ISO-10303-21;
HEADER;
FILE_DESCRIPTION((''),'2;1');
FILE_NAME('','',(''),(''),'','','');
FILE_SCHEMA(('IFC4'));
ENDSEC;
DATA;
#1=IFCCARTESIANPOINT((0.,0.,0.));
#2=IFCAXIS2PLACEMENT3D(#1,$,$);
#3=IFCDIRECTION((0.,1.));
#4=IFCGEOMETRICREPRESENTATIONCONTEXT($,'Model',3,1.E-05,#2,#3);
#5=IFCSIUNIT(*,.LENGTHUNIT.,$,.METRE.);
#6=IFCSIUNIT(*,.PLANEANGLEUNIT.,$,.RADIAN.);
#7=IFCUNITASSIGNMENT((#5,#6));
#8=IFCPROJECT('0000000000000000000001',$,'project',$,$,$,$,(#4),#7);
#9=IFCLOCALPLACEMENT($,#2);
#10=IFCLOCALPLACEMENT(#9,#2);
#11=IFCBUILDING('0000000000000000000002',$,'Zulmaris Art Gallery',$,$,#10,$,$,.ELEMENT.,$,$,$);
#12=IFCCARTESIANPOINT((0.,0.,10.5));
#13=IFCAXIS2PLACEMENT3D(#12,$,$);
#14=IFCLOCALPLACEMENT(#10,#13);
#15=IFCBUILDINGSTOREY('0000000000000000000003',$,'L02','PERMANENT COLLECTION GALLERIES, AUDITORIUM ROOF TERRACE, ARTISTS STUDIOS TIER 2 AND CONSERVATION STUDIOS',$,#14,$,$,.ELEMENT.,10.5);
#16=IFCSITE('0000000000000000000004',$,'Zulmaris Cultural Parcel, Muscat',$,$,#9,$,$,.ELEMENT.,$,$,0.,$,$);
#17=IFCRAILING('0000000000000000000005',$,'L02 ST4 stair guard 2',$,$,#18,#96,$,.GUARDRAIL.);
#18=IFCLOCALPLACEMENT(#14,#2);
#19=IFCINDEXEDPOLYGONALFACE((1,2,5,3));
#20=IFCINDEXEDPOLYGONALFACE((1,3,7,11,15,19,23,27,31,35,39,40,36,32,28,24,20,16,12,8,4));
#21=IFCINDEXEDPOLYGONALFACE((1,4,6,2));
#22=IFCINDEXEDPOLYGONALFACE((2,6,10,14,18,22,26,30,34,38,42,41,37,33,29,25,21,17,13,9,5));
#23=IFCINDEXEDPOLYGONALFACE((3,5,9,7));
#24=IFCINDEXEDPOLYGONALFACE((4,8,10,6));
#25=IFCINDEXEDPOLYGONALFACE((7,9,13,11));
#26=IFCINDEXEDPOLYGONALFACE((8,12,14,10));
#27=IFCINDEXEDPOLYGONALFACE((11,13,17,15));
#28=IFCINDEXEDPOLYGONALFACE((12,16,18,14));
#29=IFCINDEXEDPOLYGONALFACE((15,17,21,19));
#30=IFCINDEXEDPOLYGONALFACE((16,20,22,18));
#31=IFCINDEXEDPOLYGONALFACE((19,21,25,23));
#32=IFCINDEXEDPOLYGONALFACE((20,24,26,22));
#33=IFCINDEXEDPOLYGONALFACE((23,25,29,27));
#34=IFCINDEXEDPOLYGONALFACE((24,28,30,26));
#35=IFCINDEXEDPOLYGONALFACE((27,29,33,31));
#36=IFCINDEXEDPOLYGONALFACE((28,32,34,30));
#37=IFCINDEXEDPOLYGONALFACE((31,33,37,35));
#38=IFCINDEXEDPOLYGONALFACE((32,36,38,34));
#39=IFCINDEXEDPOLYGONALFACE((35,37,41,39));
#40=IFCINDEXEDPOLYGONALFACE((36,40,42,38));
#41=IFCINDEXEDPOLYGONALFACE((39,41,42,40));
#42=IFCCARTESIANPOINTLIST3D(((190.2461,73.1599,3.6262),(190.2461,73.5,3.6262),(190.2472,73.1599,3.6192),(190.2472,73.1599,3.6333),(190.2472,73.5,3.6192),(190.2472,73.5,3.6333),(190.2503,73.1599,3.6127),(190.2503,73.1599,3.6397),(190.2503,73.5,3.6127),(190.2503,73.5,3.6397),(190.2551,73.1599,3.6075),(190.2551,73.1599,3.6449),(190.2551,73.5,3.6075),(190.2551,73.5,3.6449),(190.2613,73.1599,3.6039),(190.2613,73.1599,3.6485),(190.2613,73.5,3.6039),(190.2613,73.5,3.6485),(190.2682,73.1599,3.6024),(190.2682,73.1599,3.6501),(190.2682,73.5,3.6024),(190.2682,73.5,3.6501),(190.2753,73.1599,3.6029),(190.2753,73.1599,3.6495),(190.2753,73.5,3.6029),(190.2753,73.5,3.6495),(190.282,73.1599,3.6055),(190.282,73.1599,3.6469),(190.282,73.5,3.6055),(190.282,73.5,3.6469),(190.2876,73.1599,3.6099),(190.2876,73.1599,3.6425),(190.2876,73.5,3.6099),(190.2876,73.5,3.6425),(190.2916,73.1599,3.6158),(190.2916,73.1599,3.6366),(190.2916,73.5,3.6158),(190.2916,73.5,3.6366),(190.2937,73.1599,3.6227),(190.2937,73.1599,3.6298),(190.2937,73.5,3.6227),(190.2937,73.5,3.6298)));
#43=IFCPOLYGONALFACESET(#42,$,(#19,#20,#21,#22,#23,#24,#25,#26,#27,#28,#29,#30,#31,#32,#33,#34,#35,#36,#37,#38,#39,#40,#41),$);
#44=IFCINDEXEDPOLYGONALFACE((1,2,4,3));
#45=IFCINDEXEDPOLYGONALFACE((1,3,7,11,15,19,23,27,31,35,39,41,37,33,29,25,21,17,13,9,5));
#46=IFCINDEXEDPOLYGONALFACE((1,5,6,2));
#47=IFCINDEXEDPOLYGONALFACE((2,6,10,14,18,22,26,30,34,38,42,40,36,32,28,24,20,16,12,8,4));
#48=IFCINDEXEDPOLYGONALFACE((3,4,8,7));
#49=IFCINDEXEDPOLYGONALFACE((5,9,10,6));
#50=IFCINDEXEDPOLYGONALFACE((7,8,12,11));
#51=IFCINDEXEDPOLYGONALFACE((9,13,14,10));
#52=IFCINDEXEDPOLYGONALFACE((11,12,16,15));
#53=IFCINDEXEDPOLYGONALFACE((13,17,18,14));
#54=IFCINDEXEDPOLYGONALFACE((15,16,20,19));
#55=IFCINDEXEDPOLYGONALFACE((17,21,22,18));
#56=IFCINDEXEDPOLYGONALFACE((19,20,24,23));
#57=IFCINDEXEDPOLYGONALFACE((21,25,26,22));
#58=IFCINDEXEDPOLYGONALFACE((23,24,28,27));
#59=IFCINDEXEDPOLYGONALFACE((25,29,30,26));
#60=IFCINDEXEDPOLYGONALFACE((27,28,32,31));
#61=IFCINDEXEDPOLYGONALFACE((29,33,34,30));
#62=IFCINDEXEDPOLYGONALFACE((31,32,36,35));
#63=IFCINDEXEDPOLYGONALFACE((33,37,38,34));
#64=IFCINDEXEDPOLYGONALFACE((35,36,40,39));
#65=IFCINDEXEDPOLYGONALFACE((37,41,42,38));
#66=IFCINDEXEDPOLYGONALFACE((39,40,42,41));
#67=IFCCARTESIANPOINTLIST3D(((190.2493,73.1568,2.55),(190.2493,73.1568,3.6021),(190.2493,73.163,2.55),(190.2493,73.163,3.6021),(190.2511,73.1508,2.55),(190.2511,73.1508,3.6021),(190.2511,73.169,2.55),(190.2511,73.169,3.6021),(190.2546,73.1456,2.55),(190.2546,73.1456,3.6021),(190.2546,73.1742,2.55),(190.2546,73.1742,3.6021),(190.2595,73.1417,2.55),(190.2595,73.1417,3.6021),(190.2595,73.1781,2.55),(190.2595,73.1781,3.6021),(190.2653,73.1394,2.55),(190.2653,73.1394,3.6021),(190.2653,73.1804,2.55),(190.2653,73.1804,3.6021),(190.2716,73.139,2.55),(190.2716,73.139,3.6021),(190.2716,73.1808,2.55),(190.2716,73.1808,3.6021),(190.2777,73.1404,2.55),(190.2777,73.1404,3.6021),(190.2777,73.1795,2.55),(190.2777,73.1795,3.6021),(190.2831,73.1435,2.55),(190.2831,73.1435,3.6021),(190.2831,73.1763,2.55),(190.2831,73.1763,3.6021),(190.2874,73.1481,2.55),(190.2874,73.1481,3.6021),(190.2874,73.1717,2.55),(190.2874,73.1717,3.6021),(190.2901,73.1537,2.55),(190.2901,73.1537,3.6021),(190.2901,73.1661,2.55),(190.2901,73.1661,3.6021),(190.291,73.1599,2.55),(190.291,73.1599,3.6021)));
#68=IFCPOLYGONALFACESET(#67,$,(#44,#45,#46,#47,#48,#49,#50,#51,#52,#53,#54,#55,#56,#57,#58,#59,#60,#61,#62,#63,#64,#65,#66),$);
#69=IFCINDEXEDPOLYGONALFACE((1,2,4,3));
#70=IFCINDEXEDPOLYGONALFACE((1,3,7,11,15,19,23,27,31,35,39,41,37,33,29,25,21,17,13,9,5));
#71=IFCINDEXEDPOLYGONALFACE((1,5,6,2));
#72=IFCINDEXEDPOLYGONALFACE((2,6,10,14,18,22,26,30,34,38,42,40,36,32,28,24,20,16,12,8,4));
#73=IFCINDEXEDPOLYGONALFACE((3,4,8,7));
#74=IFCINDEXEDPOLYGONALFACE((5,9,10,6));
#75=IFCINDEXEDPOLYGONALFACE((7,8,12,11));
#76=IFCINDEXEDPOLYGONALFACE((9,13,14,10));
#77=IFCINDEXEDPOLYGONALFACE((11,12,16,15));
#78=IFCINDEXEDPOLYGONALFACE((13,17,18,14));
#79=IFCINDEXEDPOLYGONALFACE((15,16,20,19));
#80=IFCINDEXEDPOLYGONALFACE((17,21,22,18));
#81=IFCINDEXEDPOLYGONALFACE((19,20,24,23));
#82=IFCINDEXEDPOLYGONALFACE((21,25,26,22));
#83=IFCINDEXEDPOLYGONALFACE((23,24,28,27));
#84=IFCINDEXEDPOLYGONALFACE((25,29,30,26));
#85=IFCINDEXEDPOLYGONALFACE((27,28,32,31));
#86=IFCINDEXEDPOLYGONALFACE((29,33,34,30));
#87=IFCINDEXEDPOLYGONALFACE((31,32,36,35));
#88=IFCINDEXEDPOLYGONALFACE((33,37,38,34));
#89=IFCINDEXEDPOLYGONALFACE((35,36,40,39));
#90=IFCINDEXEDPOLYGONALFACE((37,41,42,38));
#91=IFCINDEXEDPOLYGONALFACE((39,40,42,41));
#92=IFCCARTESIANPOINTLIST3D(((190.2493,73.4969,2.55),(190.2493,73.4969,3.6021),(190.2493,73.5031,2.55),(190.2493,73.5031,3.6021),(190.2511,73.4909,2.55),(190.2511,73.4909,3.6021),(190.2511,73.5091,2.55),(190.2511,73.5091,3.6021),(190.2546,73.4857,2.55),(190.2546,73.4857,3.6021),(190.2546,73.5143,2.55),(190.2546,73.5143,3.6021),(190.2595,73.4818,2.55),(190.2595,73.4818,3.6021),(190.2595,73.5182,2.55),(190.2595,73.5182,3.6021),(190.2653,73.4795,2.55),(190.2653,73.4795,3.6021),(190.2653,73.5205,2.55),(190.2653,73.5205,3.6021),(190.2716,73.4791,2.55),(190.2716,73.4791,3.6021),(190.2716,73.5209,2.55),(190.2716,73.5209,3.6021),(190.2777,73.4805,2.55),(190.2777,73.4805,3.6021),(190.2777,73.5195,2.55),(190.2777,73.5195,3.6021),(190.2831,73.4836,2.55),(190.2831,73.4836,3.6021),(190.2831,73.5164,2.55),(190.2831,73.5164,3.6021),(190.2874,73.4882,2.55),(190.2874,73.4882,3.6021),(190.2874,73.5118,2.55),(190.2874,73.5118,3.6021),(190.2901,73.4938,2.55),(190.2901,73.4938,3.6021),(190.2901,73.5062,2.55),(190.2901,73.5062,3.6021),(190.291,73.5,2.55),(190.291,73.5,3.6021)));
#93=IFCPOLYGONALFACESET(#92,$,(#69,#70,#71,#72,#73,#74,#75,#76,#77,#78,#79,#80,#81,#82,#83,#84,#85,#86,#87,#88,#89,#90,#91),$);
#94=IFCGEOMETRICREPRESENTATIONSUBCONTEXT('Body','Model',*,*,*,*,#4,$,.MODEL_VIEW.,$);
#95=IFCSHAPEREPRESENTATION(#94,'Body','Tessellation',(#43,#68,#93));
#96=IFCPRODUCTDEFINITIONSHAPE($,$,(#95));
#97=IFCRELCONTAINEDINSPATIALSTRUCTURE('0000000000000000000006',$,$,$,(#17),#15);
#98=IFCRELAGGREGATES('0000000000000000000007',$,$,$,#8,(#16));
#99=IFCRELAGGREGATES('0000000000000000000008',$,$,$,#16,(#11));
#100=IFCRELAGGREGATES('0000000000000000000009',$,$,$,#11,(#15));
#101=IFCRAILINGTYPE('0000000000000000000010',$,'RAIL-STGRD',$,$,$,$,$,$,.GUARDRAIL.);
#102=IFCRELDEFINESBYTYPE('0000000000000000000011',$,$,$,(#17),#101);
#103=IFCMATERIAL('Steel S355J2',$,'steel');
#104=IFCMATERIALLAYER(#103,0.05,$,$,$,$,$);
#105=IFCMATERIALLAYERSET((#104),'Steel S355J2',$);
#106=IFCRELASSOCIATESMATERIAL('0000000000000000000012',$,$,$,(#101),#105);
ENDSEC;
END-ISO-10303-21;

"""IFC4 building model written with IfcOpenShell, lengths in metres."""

from ifc_helpers import new_model, si_unit, direction, frame, origin, origin_2d, place, context, subcontext, project, spatial, circle, extrude, material, layer, layer_set, type_object, element, save


model = new_model("IFC4")

# Units and contexts
model_context = context("Model", 3, precision=1e-05, world=origin(), true_north=direction((0.0, 1.0)))
body_context = subcontext(model_context, "Body", "Model", "MODEL_VIEW")
ifc_project = project(units=[si_unit("LENGTHUNIT", "METRE"), si_unit("PLANEANGLEUNIT", "RADIAN")], contexts=[model_context])

# Site, building, storey
site_placement = place(None, origin())
site = spatial("IfcSite", under=ifc_project, at=site_placement, Name="Zulmaris Cultural Parcel, Muscat", CompositionType="ELEMENT", RefElevation=0.0)
building_placement = place(site_placement, origin())
building = spatial("IfcBuilding", under=site, at=building_placement, Name="Zulmaris Art Gallery", CompositionType="ELEMENT")
storey_placement = place(building_placement, frame((0.0, 0.0, 10.5)))
storey = spatial("IfcBuildingStorey", under=building, at=storey_placement, Name="L02", Description="PERMANENT COLLECTION GALLERIES, AUDITORIUM ROOF TERRACE, ARTISTS STUDIOS TIER 2 AND CONSERVATION STUDIOS", CompositionType="ELEMENT", Elevation=10.5)

# Shared definitions
ifc_material_1 = material(Name="Steel S355J2", Category="steel")

# Railing
ifc_layer_1 = layer(ifc_material_1, 0.05)
ifc_layer_set_1 = layer_set([ifc_layer_1], Name="Steel S355J2")
railing_type_1 = type_object("IfcRailingType", Name="RAIL-STGRD", PredefinedType="GUARDRAIL", material=ifc_layer_set_1)
railing_1_placement = place(storey_placement, frame((190.27, 73.1599, 2.55)))
element("IfcRailing", 1, at=railing_1_placement, inside=storey, type_object=railing_type_1, Name="L02 ST4 stair guard 2", PredefinedType="GUARDRAIL", context=body_context, shape_type="SweptSolid", body=[
    extrude(circle(Radius=0.0239, at=origin_2d()), frame((0.0, 0.0, 1.0762), z_axis=(0.0, 1.0, 0.0), x_axis=(-1.0, 0.0, 0.0)), (0.0, 0.0, 1.0), 0.3401),
    extrude(circle(Radius=0.021, at=origin_2d()), origin(), (0.0, 0.0, 1.0), 1.052),
    extrude(circle(Radius=0.021, at=origin_2d()), frame((0.0, 0.3401, 0.0)), (0.0, 0.0, 1.0), 1.052),
])

save(model, "model.ifc")
